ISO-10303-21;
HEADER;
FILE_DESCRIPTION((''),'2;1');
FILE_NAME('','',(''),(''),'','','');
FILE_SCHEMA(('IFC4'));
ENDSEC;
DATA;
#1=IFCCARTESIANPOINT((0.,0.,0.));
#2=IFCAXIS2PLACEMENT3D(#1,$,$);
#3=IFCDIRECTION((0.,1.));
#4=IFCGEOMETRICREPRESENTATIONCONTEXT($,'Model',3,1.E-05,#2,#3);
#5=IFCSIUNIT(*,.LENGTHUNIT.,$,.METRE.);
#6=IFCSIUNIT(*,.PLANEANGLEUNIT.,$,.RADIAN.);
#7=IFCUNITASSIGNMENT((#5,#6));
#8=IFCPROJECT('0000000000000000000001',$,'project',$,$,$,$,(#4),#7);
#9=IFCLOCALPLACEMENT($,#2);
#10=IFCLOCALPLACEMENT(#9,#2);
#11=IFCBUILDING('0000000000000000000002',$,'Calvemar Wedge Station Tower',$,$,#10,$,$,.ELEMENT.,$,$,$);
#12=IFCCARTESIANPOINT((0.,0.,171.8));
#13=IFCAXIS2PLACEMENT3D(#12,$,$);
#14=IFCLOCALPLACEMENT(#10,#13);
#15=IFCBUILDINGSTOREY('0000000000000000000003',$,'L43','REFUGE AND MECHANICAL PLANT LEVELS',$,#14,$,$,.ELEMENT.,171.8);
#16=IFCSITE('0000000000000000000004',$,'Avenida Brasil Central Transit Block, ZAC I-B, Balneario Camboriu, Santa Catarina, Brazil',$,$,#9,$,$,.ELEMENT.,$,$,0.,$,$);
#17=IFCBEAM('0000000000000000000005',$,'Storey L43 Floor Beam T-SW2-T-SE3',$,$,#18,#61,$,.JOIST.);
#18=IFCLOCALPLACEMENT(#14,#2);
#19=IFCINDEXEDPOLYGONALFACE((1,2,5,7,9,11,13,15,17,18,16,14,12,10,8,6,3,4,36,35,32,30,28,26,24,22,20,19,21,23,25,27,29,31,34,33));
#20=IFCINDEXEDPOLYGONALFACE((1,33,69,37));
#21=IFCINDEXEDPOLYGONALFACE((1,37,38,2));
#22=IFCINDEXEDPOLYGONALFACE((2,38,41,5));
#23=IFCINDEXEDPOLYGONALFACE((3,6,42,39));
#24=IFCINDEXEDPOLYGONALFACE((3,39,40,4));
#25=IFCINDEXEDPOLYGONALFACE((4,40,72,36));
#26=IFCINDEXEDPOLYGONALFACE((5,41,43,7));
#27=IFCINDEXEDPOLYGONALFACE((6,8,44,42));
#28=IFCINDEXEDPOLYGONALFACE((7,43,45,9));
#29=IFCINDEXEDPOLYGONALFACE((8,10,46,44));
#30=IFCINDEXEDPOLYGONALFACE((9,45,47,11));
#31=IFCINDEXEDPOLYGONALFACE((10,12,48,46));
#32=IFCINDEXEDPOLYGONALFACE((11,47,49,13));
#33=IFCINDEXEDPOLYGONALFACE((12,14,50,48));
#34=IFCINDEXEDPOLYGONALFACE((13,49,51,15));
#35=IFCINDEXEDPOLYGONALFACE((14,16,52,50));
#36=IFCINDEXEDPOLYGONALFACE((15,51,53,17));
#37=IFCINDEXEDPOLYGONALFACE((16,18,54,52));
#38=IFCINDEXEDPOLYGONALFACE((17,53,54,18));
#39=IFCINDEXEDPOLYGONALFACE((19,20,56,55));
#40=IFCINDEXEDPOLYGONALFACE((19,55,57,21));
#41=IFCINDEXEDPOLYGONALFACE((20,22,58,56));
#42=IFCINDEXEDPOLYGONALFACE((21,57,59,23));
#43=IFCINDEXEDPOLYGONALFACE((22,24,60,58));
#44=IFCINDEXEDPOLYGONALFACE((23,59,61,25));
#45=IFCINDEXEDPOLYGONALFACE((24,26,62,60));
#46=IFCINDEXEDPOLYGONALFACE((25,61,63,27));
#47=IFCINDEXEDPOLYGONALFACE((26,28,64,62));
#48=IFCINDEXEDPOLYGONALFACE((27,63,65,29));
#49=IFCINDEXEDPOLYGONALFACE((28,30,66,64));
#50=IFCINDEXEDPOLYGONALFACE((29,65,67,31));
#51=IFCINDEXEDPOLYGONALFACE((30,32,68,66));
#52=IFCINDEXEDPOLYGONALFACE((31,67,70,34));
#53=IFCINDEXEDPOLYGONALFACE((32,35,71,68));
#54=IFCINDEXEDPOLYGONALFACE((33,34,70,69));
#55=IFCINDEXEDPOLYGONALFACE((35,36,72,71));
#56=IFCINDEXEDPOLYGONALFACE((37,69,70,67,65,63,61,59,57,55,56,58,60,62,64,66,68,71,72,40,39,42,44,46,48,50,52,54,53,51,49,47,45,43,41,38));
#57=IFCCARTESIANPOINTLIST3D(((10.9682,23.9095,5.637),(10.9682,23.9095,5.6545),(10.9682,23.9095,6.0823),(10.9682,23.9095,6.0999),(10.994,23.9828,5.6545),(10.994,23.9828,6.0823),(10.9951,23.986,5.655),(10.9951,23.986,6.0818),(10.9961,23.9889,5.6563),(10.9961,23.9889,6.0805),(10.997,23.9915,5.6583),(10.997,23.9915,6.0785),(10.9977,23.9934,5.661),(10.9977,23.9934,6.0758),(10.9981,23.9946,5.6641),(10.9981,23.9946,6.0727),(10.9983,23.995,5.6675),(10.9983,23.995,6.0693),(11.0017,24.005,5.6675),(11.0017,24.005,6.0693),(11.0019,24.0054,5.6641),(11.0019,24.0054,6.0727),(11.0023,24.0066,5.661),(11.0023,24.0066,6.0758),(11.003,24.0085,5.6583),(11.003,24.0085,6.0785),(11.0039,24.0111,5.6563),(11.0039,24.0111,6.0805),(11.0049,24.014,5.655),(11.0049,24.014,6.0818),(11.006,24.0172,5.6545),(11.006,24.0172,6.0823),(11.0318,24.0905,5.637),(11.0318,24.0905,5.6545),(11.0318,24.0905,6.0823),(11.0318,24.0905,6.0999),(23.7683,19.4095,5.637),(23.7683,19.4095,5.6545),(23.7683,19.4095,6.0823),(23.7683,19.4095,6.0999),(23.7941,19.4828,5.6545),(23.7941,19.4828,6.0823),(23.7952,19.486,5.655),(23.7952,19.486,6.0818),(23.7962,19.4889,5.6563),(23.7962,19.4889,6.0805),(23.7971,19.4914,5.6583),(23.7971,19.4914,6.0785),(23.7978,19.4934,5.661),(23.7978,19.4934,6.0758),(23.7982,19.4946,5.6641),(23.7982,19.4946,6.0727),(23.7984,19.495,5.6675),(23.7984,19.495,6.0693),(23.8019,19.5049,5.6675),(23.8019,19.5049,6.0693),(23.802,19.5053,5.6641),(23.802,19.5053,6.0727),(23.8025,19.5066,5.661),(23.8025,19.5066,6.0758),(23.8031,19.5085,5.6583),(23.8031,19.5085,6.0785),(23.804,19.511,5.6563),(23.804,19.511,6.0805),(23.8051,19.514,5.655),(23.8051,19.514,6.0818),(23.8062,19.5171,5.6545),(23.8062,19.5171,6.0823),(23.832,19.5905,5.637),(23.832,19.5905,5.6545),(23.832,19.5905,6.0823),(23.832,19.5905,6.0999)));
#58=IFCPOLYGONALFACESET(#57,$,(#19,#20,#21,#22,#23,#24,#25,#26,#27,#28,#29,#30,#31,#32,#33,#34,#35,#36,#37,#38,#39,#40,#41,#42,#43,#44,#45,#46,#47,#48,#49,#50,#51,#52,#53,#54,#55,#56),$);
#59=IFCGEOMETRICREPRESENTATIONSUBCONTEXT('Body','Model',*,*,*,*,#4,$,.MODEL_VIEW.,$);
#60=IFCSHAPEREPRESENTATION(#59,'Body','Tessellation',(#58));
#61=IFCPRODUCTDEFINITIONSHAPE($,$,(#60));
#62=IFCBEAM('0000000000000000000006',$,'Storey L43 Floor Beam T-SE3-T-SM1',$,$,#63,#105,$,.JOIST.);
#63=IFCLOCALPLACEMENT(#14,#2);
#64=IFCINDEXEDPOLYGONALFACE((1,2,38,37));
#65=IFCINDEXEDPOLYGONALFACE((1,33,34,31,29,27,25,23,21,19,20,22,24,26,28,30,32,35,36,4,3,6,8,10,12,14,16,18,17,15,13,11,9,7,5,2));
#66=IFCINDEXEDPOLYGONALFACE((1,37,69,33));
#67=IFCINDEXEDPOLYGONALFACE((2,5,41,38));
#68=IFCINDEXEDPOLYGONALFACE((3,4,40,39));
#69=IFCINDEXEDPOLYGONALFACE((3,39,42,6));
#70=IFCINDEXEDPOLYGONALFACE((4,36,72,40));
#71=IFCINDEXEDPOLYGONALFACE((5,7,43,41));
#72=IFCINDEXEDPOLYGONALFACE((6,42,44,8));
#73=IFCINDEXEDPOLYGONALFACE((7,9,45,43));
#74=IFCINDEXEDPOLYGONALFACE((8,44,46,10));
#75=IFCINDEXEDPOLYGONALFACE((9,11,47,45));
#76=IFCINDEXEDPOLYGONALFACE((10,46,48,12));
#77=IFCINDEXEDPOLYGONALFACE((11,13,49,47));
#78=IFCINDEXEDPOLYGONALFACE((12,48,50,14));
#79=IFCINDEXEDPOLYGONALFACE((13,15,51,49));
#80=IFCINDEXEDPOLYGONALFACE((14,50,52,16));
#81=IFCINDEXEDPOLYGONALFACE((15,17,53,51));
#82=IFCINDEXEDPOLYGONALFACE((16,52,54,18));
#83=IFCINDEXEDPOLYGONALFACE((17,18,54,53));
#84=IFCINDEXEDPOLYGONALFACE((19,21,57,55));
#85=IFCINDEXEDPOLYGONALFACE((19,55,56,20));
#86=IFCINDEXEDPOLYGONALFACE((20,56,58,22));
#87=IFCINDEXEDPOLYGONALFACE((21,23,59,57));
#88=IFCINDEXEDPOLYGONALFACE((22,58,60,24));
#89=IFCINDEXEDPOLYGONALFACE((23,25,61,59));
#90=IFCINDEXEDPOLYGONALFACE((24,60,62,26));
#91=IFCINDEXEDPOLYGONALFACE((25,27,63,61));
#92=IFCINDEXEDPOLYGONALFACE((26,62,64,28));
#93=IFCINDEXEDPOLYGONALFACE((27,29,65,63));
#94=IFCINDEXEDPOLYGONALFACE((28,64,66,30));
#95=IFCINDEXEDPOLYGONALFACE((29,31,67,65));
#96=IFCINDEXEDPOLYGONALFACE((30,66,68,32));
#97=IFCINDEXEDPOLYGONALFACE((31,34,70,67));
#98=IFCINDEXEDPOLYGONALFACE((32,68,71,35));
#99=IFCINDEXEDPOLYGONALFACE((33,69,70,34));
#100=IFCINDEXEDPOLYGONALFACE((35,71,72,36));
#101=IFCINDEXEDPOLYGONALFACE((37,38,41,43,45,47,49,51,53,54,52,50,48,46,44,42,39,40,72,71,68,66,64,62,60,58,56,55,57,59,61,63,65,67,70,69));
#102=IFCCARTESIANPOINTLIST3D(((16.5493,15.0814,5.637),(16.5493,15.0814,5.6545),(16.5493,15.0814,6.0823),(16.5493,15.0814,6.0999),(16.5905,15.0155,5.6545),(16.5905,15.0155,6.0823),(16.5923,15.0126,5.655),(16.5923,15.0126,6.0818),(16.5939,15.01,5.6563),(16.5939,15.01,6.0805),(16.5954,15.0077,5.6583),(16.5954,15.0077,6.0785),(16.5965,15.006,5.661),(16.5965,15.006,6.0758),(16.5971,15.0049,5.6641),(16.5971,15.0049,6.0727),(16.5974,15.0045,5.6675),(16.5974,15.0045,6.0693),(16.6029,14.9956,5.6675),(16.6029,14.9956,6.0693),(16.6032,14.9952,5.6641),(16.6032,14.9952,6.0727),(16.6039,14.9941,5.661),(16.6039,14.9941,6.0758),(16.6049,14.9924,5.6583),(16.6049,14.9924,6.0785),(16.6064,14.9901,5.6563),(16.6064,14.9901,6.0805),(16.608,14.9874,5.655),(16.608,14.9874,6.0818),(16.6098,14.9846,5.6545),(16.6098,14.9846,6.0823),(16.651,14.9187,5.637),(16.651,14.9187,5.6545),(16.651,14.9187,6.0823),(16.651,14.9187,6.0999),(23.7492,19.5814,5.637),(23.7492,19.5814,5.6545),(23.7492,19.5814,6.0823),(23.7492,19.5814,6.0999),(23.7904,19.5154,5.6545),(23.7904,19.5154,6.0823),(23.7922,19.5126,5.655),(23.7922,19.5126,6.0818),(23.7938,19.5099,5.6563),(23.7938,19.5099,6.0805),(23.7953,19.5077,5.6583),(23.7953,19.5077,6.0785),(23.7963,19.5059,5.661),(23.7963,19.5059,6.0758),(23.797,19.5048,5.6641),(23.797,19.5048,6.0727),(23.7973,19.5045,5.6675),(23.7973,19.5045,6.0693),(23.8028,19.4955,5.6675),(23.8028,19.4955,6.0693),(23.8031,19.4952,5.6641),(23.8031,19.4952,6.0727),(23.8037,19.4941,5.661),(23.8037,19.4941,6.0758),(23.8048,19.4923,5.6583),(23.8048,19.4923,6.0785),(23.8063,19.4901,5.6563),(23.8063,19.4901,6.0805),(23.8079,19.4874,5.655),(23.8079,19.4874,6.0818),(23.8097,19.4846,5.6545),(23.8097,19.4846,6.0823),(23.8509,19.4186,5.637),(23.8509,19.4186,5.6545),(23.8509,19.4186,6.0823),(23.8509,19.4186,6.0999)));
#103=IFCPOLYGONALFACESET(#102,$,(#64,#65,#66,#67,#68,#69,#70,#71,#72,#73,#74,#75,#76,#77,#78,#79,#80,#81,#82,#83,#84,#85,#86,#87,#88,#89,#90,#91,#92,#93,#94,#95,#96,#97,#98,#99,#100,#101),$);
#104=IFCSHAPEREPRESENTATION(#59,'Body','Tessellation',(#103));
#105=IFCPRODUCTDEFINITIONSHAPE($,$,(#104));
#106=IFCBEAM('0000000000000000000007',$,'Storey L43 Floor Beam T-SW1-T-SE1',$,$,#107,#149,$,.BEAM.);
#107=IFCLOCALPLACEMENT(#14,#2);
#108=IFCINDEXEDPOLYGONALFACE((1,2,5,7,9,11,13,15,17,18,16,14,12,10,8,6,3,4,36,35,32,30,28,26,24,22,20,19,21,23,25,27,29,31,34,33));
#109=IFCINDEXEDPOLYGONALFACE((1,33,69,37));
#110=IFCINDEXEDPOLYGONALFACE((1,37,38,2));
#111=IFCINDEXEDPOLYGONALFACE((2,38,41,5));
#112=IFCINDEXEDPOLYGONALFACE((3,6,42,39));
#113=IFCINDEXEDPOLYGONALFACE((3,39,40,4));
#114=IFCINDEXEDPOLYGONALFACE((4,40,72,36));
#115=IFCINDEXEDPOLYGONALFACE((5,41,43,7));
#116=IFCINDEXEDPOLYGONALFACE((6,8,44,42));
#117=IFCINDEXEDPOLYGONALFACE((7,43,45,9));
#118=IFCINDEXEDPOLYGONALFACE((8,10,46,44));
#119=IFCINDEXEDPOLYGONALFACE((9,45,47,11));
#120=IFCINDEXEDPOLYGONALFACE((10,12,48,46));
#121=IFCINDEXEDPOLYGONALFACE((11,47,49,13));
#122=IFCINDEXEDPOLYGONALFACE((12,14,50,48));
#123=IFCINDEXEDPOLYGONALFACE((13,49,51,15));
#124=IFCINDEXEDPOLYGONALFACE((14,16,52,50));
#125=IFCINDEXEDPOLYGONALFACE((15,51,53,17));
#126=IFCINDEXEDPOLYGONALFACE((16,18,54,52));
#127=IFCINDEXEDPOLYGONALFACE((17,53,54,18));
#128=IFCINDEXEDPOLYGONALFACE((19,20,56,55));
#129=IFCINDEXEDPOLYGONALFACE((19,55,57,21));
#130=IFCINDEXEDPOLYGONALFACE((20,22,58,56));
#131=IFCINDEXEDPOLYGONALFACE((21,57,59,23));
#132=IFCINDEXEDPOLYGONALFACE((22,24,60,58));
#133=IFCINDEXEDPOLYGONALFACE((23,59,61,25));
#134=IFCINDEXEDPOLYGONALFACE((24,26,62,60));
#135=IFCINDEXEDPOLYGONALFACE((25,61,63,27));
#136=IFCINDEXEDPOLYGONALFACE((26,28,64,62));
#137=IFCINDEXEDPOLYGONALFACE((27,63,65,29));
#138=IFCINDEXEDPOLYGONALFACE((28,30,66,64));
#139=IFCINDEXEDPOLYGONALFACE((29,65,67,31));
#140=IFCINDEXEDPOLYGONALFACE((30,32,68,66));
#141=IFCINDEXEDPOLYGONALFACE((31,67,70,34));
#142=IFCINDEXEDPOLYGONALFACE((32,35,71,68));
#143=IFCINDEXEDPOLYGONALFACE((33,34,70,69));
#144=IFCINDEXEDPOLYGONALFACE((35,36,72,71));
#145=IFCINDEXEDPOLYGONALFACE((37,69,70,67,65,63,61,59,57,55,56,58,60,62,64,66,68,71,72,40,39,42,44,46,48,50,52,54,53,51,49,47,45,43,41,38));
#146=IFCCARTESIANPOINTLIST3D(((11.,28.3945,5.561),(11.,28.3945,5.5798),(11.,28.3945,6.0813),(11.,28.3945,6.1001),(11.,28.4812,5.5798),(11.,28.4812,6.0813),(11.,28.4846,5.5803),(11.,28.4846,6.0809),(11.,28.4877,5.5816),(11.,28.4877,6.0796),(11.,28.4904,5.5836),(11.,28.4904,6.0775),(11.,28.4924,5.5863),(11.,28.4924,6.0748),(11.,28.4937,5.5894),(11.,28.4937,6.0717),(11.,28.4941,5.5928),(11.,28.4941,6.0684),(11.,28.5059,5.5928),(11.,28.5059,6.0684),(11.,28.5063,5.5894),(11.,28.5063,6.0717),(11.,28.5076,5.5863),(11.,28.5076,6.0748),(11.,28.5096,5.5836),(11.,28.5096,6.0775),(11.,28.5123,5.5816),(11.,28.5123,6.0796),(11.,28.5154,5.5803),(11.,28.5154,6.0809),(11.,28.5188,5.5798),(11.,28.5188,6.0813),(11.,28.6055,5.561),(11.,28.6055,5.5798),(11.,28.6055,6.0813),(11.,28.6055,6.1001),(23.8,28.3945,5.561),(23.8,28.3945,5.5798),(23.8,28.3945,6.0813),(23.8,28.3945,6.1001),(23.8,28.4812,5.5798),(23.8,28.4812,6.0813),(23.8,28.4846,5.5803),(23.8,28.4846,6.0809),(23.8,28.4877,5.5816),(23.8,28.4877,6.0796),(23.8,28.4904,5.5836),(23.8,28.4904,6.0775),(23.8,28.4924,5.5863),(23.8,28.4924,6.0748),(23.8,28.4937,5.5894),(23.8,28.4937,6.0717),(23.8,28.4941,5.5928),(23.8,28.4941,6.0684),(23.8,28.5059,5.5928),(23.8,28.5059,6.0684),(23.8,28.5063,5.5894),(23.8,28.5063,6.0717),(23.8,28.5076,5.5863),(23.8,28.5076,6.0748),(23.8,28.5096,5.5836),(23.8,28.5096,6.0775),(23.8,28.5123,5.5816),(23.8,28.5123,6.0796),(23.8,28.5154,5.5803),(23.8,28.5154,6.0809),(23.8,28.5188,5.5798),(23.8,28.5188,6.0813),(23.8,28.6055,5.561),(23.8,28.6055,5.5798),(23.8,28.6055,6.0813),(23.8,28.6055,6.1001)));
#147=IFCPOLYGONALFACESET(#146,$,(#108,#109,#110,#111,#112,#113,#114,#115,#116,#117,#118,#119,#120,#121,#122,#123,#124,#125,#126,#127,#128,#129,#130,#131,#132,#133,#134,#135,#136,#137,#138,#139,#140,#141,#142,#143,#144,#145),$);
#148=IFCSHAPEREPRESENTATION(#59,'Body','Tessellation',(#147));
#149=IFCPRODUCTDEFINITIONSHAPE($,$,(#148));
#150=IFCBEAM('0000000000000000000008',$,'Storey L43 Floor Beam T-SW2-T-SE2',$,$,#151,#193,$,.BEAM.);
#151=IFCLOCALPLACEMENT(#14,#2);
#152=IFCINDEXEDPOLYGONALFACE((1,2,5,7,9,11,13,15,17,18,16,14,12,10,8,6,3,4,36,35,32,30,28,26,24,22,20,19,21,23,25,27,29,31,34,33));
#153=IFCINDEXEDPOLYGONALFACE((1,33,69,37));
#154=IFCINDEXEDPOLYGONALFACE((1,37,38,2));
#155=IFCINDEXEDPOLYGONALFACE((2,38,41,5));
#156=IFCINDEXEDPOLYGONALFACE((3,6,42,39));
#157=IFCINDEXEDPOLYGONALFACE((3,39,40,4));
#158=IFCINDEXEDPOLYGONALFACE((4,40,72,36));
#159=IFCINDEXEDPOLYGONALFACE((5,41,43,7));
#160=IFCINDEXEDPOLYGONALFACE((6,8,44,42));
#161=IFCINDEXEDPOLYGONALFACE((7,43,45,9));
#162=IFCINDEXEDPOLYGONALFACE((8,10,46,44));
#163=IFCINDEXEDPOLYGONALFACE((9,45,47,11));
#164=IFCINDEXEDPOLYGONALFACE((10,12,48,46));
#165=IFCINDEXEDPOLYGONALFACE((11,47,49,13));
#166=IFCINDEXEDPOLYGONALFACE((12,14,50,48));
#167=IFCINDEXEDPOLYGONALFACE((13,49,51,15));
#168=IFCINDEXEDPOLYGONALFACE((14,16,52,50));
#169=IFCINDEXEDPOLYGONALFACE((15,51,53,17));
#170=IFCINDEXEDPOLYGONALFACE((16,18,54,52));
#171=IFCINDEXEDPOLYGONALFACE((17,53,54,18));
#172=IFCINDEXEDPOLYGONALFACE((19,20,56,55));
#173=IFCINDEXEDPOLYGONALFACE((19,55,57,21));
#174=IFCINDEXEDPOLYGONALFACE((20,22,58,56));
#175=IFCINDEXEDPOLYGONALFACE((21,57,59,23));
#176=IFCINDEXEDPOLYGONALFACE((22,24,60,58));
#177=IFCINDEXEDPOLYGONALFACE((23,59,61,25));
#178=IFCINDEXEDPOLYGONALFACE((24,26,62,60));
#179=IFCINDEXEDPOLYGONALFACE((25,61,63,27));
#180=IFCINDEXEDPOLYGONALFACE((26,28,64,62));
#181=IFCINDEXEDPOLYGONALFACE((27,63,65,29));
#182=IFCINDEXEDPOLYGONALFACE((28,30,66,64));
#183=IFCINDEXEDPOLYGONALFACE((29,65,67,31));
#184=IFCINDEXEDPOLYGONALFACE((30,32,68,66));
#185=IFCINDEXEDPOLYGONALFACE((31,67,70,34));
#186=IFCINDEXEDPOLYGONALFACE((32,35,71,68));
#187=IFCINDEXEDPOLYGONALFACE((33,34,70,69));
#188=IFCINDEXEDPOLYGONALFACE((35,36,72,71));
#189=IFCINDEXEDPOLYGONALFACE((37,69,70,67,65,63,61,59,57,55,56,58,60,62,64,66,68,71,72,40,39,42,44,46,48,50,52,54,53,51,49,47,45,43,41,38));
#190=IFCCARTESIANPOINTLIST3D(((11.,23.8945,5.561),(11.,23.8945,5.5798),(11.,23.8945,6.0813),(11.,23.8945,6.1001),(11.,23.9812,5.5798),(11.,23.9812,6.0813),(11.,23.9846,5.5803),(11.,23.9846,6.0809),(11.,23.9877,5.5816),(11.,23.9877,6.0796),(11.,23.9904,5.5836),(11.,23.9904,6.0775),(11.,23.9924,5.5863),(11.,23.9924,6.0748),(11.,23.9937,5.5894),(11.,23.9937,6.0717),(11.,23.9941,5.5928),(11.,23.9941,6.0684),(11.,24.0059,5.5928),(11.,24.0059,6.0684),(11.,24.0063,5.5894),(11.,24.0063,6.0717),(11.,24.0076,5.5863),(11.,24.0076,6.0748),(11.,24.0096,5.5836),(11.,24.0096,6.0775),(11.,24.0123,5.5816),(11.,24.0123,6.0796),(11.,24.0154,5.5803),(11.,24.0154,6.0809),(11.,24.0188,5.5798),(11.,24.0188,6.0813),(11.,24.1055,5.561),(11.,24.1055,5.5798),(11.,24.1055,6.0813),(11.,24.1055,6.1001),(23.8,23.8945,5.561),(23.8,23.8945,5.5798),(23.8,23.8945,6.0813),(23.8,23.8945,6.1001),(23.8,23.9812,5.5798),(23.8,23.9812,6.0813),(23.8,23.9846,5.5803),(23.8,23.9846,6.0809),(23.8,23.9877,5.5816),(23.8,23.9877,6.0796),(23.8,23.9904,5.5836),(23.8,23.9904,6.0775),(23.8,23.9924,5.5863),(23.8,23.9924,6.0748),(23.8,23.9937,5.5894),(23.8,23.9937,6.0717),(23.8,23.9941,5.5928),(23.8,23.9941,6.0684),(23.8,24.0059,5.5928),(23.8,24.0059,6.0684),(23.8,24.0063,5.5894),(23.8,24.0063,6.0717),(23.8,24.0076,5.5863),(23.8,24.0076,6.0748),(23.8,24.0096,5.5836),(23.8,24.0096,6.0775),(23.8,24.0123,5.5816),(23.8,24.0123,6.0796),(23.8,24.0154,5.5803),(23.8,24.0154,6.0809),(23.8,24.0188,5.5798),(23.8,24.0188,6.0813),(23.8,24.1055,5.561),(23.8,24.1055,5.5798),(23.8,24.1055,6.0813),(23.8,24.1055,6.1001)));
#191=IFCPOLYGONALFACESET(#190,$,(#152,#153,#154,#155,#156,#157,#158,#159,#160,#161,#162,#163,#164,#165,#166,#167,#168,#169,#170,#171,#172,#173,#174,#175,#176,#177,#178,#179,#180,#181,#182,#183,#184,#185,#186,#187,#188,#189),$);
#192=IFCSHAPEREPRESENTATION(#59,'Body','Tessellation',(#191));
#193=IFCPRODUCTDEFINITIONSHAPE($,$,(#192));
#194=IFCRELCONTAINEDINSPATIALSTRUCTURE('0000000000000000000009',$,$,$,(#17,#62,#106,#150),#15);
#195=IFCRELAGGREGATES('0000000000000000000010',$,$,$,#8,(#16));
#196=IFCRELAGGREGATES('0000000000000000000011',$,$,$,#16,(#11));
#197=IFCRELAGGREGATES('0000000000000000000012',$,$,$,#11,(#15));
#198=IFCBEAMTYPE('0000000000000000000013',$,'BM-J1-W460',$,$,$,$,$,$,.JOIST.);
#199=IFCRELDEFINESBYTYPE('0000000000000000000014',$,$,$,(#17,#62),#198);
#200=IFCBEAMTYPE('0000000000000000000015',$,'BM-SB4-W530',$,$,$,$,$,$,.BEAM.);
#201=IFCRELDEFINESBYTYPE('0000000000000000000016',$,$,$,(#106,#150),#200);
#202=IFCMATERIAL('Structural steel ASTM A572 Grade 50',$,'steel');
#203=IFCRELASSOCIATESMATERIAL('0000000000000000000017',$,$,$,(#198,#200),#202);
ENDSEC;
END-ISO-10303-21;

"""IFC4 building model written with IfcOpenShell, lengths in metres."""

from ifc_helpers import new_model, si_unit, direction, frame, origin, origin_2d, place, context, subcontext, project, spatial, i_section, extrude, source, transform, mapped, material, material_profile, profile_set, type_object, element, save


model = new_model("IFC4")

# Units and contexts
model_context = context("Model", 3, precision=1e-05, world=origin(), true_north=direction((0.0, 1.0)))
body_context = subcontext(model_context, "Body", "Model", "MODEL_VIEW")
ifc_project = project(units=[si_unit("LENGTHUNIT", "METRE"), si_unit("PLANEANGLEUNIT", "RADIAN")], contexts=[model_context])

# Site, building, storey
site_placement = place(None, origin())
site = spatial("IfcSite", under=ifc_project, at=site_placement, Name="Avenida Brasil Central Transit Block, ZAC I-B, Balneario Camboriu, Santa Catarina, Brazil", CompositionType="ELEMENT", RefElevation=0.0)
building_placement = place(site_placement, origin())
building = spatial("IfcBuilding", under=site, at=building_placement, Name="Calvemar Wedge Station Tower", CompositionType="ELEMENT")
storey_placement = place(building_placement, frame((0.0, 0.0, 171.8)))
storey = spatial("IfcBuildingStorey", under=building, at=storey_placement, Name="L43", Description="REFUGE AND MECHANICAL PLANT LEVELS", CompositionType="ELEMENT", Elevation=171.8)

# Beams
ifc_material_1 = material(Name="Structural steel ASTM A572 Grade 50", Category="steel")
ifc_material_profile_1 = material_profile(ifc_material_1, i_section(OverallWidth=0.1919, OverallDepth=0.4629, WebThickness=0.0105, FlangeThickness=0.0176, FilletRadius=0.0129, at=origin_2d()), Name="W460x89")
ifc_profile_set_1 = profile_set([ifc_material_profile_1], Name="Structural steel ASTM A572 Grade 50")
beam_type_1 = type_object("IfcBeamType", Name="BM-J1-W460", PredefinedType="JOIST", material=ifc_profile_set_1)
shared_shape_1 = source(origin(), body_context, "Body", "SweptSolid", [
    extrude(i_section(OverallWidth=0.1919, OverallDepth=0.4629, WebThickness=0.0105, FlangeThickness=0.0176, FilletRadius=0.0129, at=origin_2d()), origin(), (0.0, 0.0, 1.0), 13.5681),
])
beam_1_placement = place(storey_placement, frame((11.0, 24.0, 5.8684), z_axis=(0.943398, -0.331662, 0.0), x_axis=(0.331662, 0.943398, 0.0)))
element("IfcBeam", 1, at=beam_1_placement, inside=storey, type_object=beam_type_1, Name="Storey L43 Floor Beam T-SW2-T-SE3", PredefinedType="JOIST", context=body_context, shape_type="MappedRepresentation", body=[
    mapped(shared_shape_1, transform((0.0, 0.0, 0.0), scale=1.0)),
])
shared_shape_2 = source(origin(), body_context, "Body", "SweptSolid", [
    extrude(i_section(OverallWidth=0.1919, OverallDepth=0.4629, WebThickness=0.0105, FlangeThickness=0.0176, FilletRadius=0.0129, at=origin_2d()), origin(), (0.0, 0.0, 1.0), 8.4905),
])
beam_2_placement = place(storey_placement, frame((23.8, 19.5, 5.8684), z_axis=(-0.847997, -0.530002, 0.0), x_axis=(0.530002, -0.847997, 0.0)))
element("IfcBeam", 2, at=beam_2_placement, inside=storey, type_object=beam_type_1, Name="Storey L43 Floor Beam T-SE3-T-SM1", PredefinedType="JOIST", context=body_context, shape_type="MappedRepresentation", body=[
    mapped(shared_shape_2, transform((0.0, 0.0, 0.0), scale=1.0)),
])
ifc_material_profile_2 = material_profile(ifc_material_1, i_section(OverallWidth=0.2109, OverallDepth=0.5391, WebThickness=0.0117, FlangeThickness=0.0188, FilletRadius=0.0129, at=origin_2d()), Name="W530x109")
ifc_profile_set_2 = profile_set([ifc_material_profile_2], Name="Structural steel ASTM A572 Grade 50")
beam_type_2 = type_object("IfcBeamType", Name="BM-SB4-W530", PredefinedType="BEAM", material=ifc_profile_set_2)
shared_shape_3 = source(origin(), body_context, "Body", "SweptSolid", [
    extrude(i_section(OverallWidth=0.2109, OverallDepth=0.5391, WebThickness=0.0117, FlangeThickness=0.0188, FilletRadius=0.0129, at=origin_2d()), origin(), (0.0, 0.0, 1.0), 12.8),
])
for number, where, z_axis, x_axis, name in (
    (3, (11.0, 28.5, 5.8306), (1.0, 0.0, 0.0), (0.0, 1.0, 0.0), "Storey L43 Floor Beam T-SW1-T-SE1"),
    (4, (11.0, 24.0, 5.8306), (1.0, 0.0, 0.0), (0.0, 1.0, 0.0), "Storey L43 Floor Beam T-SW2-T-SE2"),
):
    element("IfcBeam", number, at=place(storey_placement, frame(where, z_axis=z_axis, x_axis=x_axis)), inside=storey, type_object=beam_type_2, Name=name, PredefinedType="BEAM", context=body_context, shape_type="MappedRepresentation", body=[
        mapped(shared_shape_3, transform((0.0, 0.0, 0.0), scale=1.0)),
    ])

save(model, "model.ifc")
